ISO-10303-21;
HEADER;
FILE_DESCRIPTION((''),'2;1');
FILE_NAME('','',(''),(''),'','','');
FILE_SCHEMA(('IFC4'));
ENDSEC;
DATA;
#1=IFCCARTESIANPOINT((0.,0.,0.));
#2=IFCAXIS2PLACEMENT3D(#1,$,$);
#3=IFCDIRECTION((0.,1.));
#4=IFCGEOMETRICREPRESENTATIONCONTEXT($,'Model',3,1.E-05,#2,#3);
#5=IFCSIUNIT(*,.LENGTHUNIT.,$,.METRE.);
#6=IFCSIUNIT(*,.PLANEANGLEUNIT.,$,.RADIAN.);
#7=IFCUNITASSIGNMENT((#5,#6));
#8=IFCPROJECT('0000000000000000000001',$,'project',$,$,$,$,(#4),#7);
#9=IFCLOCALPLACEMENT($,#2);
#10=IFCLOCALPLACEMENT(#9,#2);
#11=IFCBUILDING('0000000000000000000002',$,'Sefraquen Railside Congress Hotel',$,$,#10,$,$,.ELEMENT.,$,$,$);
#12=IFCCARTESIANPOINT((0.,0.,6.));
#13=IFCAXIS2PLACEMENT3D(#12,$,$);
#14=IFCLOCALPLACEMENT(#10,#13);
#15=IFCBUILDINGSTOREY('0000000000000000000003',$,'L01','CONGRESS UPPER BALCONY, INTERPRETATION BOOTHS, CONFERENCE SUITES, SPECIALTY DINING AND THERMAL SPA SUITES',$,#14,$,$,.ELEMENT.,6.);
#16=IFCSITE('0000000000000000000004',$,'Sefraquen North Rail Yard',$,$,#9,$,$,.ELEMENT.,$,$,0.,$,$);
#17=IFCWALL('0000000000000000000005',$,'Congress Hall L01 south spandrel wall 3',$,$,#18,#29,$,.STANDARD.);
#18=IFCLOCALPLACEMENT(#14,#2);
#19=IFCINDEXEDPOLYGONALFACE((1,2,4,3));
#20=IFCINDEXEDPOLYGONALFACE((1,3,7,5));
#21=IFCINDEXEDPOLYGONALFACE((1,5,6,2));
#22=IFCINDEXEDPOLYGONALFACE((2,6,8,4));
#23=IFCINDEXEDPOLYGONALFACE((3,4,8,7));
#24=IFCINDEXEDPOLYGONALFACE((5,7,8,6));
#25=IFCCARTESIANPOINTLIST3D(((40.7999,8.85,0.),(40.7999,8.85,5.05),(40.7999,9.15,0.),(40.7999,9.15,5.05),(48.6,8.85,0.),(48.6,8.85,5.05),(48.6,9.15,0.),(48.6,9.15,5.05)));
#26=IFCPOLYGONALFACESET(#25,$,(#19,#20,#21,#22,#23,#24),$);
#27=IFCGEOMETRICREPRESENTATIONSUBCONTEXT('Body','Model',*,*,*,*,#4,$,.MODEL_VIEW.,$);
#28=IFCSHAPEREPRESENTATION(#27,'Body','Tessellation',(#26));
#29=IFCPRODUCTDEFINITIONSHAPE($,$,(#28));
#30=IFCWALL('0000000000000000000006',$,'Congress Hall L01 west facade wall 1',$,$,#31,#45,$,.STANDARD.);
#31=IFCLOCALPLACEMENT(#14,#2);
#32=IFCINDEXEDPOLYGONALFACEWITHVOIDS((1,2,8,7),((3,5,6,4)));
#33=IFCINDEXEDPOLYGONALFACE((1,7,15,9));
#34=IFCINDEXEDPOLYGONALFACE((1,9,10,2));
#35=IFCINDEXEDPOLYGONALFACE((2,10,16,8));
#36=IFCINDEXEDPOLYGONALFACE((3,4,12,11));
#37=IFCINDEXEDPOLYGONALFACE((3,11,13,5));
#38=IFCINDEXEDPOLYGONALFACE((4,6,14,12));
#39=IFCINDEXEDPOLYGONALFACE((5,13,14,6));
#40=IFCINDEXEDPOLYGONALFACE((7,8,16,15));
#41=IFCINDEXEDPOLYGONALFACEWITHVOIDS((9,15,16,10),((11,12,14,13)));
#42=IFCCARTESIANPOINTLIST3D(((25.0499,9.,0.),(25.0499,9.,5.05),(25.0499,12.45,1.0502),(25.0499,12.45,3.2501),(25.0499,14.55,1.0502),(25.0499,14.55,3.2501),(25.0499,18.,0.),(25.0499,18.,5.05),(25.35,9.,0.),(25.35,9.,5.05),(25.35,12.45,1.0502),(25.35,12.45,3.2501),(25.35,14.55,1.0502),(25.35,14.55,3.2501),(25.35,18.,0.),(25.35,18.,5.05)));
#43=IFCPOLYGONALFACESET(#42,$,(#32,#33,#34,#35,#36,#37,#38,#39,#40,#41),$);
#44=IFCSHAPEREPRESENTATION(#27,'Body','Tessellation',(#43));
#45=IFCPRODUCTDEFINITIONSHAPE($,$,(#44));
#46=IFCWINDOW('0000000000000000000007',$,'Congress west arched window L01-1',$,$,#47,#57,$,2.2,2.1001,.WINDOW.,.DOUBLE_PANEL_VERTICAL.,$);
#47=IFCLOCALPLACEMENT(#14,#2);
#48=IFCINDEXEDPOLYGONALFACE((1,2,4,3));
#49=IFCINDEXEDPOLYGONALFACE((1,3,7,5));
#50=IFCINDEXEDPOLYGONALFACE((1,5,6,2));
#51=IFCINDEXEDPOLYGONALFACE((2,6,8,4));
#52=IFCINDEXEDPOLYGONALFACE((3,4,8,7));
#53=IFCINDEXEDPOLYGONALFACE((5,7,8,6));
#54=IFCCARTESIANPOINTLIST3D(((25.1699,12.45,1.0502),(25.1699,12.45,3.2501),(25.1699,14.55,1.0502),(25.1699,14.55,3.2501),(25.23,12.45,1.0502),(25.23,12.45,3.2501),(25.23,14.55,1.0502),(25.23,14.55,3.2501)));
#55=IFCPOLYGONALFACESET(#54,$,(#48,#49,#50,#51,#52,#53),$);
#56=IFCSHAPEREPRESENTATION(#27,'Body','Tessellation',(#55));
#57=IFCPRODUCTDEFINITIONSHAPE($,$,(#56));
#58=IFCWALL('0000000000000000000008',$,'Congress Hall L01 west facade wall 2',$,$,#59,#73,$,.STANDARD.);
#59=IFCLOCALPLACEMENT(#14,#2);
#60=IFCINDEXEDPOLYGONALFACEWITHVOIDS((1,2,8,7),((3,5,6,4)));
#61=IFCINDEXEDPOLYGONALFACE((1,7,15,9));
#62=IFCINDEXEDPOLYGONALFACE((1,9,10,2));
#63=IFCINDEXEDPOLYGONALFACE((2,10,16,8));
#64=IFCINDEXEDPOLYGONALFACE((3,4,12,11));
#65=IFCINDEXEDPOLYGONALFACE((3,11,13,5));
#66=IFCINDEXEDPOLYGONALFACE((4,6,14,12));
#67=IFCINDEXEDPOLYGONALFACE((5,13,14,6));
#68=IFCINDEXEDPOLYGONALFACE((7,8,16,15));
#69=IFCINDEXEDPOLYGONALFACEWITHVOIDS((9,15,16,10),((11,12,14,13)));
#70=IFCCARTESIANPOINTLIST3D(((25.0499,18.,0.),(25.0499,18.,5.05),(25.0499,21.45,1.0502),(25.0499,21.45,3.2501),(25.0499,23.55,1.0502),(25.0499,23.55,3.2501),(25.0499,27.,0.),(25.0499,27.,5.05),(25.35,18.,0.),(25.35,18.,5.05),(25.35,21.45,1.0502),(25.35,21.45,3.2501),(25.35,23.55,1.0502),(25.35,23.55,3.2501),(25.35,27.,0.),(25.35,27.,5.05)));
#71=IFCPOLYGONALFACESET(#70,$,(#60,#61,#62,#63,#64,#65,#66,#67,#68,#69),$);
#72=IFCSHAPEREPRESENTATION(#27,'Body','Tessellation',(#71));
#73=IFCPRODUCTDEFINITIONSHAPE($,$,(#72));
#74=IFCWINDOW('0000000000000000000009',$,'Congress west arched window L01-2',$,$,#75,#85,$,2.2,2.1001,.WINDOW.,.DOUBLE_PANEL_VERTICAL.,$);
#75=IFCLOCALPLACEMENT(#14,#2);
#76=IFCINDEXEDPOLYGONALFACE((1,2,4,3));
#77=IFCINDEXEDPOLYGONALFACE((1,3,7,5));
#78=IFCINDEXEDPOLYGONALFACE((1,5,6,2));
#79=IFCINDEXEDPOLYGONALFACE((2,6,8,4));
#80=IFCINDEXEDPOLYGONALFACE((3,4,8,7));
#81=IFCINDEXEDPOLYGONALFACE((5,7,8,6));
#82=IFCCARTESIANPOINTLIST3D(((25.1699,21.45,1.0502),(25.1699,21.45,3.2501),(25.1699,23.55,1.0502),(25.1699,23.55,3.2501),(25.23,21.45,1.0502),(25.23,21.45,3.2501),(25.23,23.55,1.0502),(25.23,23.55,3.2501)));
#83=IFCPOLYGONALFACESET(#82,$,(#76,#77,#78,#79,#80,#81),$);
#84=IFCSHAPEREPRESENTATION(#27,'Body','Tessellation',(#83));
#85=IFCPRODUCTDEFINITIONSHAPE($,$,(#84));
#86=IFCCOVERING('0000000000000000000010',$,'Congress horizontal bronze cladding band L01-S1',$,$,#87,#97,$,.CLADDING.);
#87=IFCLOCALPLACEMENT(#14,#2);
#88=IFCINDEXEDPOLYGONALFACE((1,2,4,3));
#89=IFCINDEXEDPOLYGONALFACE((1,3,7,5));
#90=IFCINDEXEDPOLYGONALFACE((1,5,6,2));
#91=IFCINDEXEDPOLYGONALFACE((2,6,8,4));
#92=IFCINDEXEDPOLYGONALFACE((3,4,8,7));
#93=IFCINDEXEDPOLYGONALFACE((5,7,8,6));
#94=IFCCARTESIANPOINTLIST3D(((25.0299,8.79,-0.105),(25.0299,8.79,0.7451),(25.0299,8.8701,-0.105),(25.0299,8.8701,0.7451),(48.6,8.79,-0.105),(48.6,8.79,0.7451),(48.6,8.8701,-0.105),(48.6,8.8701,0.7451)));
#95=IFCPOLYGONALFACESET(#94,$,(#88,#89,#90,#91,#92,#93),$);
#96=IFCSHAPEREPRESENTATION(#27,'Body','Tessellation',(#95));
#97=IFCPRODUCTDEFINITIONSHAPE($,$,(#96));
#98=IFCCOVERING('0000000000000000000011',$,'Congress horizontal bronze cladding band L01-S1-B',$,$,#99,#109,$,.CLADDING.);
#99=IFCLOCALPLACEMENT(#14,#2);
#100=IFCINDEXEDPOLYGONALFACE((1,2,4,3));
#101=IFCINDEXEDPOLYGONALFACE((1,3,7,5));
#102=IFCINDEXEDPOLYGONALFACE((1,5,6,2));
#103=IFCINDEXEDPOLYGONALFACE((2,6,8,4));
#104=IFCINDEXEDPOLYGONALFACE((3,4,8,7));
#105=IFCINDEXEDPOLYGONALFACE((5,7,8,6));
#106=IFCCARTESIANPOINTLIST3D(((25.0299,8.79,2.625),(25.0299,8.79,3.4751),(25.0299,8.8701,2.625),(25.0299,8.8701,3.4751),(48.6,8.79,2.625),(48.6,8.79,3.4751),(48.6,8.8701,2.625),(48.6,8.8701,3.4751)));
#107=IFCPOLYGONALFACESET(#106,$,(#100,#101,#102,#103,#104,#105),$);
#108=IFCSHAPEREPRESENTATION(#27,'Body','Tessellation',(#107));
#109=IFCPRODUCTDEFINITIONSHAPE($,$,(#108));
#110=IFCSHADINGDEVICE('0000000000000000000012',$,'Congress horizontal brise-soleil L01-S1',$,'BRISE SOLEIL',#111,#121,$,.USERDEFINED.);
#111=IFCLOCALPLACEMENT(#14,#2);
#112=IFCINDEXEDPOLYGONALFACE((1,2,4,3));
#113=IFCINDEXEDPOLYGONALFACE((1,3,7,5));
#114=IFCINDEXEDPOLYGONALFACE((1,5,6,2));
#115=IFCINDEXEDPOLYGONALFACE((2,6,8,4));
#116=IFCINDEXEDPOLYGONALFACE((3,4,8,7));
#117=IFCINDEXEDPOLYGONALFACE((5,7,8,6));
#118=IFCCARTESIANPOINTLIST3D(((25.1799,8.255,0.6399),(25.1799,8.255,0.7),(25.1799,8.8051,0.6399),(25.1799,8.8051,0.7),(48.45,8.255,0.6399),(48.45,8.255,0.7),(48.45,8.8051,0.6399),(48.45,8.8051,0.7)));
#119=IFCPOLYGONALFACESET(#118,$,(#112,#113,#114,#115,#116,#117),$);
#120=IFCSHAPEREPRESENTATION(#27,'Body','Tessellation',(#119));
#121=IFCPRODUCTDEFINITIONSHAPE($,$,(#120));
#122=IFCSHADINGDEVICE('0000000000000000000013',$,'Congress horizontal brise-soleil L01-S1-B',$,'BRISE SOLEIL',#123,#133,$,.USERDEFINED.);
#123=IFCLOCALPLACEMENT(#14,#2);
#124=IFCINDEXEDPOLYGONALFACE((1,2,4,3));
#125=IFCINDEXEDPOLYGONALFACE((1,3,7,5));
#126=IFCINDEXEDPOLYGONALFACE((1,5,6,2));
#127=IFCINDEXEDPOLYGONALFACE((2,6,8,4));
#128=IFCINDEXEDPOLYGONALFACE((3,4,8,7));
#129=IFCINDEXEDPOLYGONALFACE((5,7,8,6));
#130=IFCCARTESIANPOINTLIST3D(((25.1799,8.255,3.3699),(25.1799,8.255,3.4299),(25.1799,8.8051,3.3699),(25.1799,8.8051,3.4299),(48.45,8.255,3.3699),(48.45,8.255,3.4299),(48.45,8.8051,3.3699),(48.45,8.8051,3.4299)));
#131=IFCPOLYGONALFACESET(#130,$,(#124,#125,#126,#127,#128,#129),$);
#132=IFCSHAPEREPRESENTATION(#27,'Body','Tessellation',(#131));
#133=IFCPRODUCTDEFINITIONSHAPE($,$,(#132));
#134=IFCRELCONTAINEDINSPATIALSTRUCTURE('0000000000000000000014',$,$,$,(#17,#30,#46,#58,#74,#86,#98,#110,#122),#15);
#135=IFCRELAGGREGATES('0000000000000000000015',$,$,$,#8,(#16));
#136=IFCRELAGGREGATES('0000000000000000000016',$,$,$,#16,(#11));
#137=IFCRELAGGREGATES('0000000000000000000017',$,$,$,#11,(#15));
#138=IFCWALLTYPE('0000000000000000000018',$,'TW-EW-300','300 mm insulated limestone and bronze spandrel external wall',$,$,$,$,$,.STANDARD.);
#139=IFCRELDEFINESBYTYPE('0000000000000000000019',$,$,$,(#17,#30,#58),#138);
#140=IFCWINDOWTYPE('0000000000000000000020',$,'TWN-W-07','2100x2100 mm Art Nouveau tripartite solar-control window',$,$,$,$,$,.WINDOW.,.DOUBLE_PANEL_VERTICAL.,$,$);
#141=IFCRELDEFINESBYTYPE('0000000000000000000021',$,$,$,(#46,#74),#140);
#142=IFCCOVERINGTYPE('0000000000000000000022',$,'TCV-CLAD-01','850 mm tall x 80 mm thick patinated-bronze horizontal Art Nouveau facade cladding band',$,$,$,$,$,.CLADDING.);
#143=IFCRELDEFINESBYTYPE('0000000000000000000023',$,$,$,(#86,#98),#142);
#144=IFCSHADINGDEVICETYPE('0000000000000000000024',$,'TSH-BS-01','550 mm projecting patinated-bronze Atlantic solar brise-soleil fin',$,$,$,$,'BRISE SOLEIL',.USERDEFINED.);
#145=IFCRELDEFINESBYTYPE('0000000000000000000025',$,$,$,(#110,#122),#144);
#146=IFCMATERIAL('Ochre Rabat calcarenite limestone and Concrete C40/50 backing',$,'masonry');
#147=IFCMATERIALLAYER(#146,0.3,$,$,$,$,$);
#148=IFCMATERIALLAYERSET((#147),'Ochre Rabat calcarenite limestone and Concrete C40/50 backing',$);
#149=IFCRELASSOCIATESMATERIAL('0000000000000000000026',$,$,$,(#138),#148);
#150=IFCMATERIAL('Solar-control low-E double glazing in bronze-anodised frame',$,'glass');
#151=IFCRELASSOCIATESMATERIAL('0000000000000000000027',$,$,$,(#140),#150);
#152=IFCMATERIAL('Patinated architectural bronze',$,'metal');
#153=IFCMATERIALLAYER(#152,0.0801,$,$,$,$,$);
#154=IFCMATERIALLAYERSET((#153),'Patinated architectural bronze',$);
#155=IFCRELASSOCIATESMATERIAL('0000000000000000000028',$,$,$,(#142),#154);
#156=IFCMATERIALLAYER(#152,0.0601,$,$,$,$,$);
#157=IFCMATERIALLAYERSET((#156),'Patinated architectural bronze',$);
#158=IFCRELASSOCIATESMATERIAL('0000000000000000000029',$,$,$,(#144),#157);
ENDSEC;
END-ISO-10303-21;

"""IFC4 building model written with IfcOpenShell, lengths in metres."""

from ifc_helpers import new_model, si_unit, direction, frame, frame_2d, origin, origin_2d, place, context, subcontext, project, spatial, rectangle, extrude, material, layer, layer_set, type_object, element, fill, save


model = new_model("IFC4")

# Units and contexts
model_context = context("Model", 3, precision=1e-05, world=origin(), true_north=direction((0.0, 1.0)))
body_context = subcontext(model_context, "Body", "Model", "MODEL_VIEW")
ifc_project = project(units=[si_unit("LENGTHUNIT", "METRE"), si_unit("PLANEANGLEUNIT", "RADIAN")], contexts=[model_context])

# Site, building, storey
site_placement = place(None, origin())
site = spatial("IfcSite", under=ifc_project, at=site_placement, Name="Sefraquen North Rail Yard", CompositionType="ELEMENT", RefElevation=0.0)
building_placement = place(site_placement, origin())
building = spatial("IfcBuilding", under=site, at=building_placement, Name="Sefraquen Railside Congress Hotel", CompositionType="ELEMENT")
storey_placement = place(building_placement, frame((0.0, 0.0, 6.0)))
storey = spatial("IfcBuildingStorey", under=building, at=storey_placement, Name="L01", Description="CONGRESS UPPER BALCONY, INTERPRETATION BOOTHS, CONFERENCE SUITES, SPECIALTY DINING AND THERMAL SPA SUITES", CompositionType="ELEMENT", Elevation=6.0)

# Shared definitions
ifc_material_1 = material(Name="Ochre Rabat calcarenite limestone and Concrete C40/50 backing", Category="masonry")
ifc_layer_1 = layer(ifc_material_1, 0.3)
ifc_layer_set_1 = layer_set([ifc_layer_1], Name="Ochre Rabat calcarenite limestone and Concrete C40/50 backing")
wall_type_1 = type_object("IfcWallType", Name="TW-EW-300", Description="300 mm insulated limestone and bronze spandrel external wall", PredefinedType="STANDARD", material=ifc_layer_set_1)
ifc_material_2 = material(Name="Solar-control low-E double glazing in bronze-anodised frame", Category="glass")

# Wall
for number, where, z_axis, x_axis, name in (
    (1, (40.8, 9.0, 0.0), (0.0, 0.0, 1.0), (1.0, 0.0, 0.0), "Congress Hall L01 south spandrel wall 3"),
):
    element("IfcWall", number, at=place(storey_placement, frame(where, z_axis=z_axis, x_axis=x_axis)), inside=storey, type_object=wall_type_1, Name=name, PredefinedType="STANDARD", context=body_context, shape_type="SweptSolid", body=[
        extrude(rectangle(XDim=7.8, YDim=0.3, at=frame_2d((3.8999, 0.0))), origin(), (0.0, 0.0, 1.0), 5.05),
    ])

# Walls, openings, windows
wall_1_placement = place(storey_placement, frame((25.2, 9.0, 0.0), z_axis=(0.0, 0.0, 1.0), x_axis=(0.0, 1.0, 0.0)))
wall_1 = element("IfcWall", 2, at=wall_1_placement, inside=storey, type_object=wall_type_1, Name="Congress Hall L01 west facade wall 1", PredefinedType="STANDARD", context=body_context, shape_type="SweptSolid", body=[
    extrude(rectangle(XDim=9.0, YDim=0.3, at=frame_2d((4.5, 0.0))), origin(), (0.0, 0.0, 1.0), 5.05),
])
opening_1_placement = place(wall_1_placement, frame((3.45, 0.0, 1.05)))
opening_1 = element("IfcOpeningElement", 3, at=opening_1_placement, cuts=wall_1, PredefinedType="OPENING", context=body_context, shape_type="SweptSolid", body=[
    extrude(rectangle(XDim=2.1001, YDim=2.2, at=frame_2d((1.05, 1.1001))), frame((0.0, 0.1599, 0.0), z_axis=(0.0, -1.0, 0.0), x_axis=(1.0, 0.0, 0.0)), (0.0, 0.0, 1.0), 0.3201),
])
window_type_1 = type_object("IfcWindowType", Name="TWN-W-07", Description="2100x2100 mm Art Nouveau tripartite solar-control window", PartitioningType="DOUBLE_PANEL_VERTICAL", PredefinedType="WINDOW", material=ifc_material_2)
window_1_placement = place(opening_1_placement, origin())
window_1 = element("IfcWindow", 4, at=window_1_placement, inside=storey, type_object=window_type_1, Name="Congress west arched window L01-1", OverallHeight=2.2, OverallWidth=2.1001, PartitioningType="DOUBLE_PANEL_VERTICAL", PredefinedType="WINDOW", context=body_context, shape_type="SweptSolid", body=[
    extrude(rectangle(XDim=2.1001, YDim=2.2, at=frame_2d((1.05, 1.1001))), frame((0.0, 0.03, 0.0), z_axis=(0.0, -1.0, 0.0), x_axis=(1.0, 0.0, 0.0)), (0.0, 0.0, 1.0), 0.0601),
])
fill(opening_1, window_1)
wall_2_placement = place(storey_placement, frame((25.2, 18.0, 0.0), z_axis=(0.0, 0.0, 1.0), x_axis=(0.0, 1.0, 0.0)))
wall_2 = element("IfcWall", 5, at=wall_2_placement, inside=storey, type_object=wall_type_1, Name="Congress Hall L01 west facade wall 2", PredefinedType="STANDARD", context=body_context, shape_type="SweptSolid", body=[
    extrude(rectangle(XDim=9.0, YDim=0.3, at=frame_2d((4.5, 0.0))), origin(), (0.0, 0.0, 1.0), 5.05),
])
opening_2_placement = place(wall_2_placement, frame((3.45, 0.0, 1.05)))
opening_2 = element("IfcOpeningElement", 6, at=opening_2_placement, cuts=wall_2, PredefinedType="OPENING", context=body_context, shape_type="SweptSolid", body=[
    extrude(rectangle(XDim=2.1001, YDim=2.2, at=frame_2d((1.05, 1.1001))), frame((0.0, 0.1599, 0.0), z_axis=(0.0, -1.0, 0.0), x_axis=(1.0, 0.0, 0.0)), (0.0, 0.0, 1.0), 0.3201),
])
window_2_placement = place(opening_2_placement, origin())
window_2 = element("IfcWindow", 7, at=window_2_placement, inside=storey, type_object=window_type_1, Name="Congress west arched window L01-2", OverallHeight=2.2, OverallWidth=2.1001, PartitioningType="DOUBLE_PANEL_VERTICAL", PredefinedType="WINDOW", context=body_context, shape_type="SweptSolid", body=[
    extrude(rectangle(XDim=2.1001, YDim=2.2, at=frame_2d((1.05, 1.1001))), frame((0.0, 0.03, 0.0), z_axis=(0.0, -1.0, 0.0), x_axis=(1.0, 0.0, 0.0)), (0.0, 0.0, 1.0), 0.0601),
])
fill(opening_2, window_2)

# Coverings
ifc_material_3 = material(Name="Patinated architectural bronze", Category="metal")
ifc_layer_2 = layer(ifc_material_3, 0.0801)
ifc_layer_set_2 = layer_set([ifc_layer_2], Name="Patinated architectural bronze")
covering_type = type_object("IfcCoveringType", Name="TCV-CLAD-01", Description="850 mm tall x 80 mm thick patinated-bronze horizontal Art Nouveau facade cladding band", PredefinedType="CLADDING", material=ifc_layer_set_2)
for number, where, z_axis, x_axis, name in (
    (8, (36.8149, 8.8301, -0.105), (0.0, 0.0, 1.0), (1.0, 0.0, 0.0), "Congress horizontal bronze cladding band L01-S1"),
    (9, (36.8149, 8.8301, 2.625), (0.0, 0.0, 1.0), (1.0, 0.0, 0.0), "Congress horizontal bronze cladding band L01-S1-B"),
):
    element("IfcCovering", number, at=place(storey_placement, frame(where, z_axis=z_axis, x_axis=x_axis)), inside=storey, type_object=covering_type, Name=name, PredefinedType="CLADDING", context=body_context, shape_type="SweptSolid", body=[
        extrude(rectangle(XDim=23.5701, YDim=0.0801, at=origin_2d()), origin(), (0.0, 0.0, 1.0), 0.8501),
    ])

# Shading devices
ifc_layer_3 = layer(ifc_material_3, 0.0601)
ifc_layer_set_3 = layer_set([ifc_layer_3], Name="Patinated architectural bronze")
shading_device_type = type_object("IfcShadingDeviceType", Name="TSH-BS-01", Description="550 mm projecting patinated-bronze Atlantic solar brise-soleil fin", ElementType="BRISE SOLEIL", PredefinedType="USERDEFINED", material=ifc_layer_set_3)
for number, where, z_axis, x_axis, name in (
    (10, (36.8149, 8.53, 0.6399), (0.0, 0.0, 1.0), (1.0, 0.0, 0.0), "Congress horizontal brise-soleil L01-S1"),
    (11, (36.8149, 8.53, 3.3699), (0.0, 0.0, 1.0), (1.0, 0.0, 0.0), "Congress horizontal brise-soleil L01-S1-B"),
):
    element("IfcShadingDevice", number, at=place(storey_placement, frame(where, z_axis=z_axis, x_axis=x_axis)), inside=storey, type_object=shading_device_type, Name=name, ObjectType="BRISE SOLEIL", PredefinedType="USERDEFINED", context=body_context, shape_type="SweptSolid", body=[
        extrude(rectangle(XDim=23.27, YDim=0.55, at=origin_2d()), origin(), (0.0, 0.0, 1.0), 0.0601),
    ])

save(model, "model.ifc")
